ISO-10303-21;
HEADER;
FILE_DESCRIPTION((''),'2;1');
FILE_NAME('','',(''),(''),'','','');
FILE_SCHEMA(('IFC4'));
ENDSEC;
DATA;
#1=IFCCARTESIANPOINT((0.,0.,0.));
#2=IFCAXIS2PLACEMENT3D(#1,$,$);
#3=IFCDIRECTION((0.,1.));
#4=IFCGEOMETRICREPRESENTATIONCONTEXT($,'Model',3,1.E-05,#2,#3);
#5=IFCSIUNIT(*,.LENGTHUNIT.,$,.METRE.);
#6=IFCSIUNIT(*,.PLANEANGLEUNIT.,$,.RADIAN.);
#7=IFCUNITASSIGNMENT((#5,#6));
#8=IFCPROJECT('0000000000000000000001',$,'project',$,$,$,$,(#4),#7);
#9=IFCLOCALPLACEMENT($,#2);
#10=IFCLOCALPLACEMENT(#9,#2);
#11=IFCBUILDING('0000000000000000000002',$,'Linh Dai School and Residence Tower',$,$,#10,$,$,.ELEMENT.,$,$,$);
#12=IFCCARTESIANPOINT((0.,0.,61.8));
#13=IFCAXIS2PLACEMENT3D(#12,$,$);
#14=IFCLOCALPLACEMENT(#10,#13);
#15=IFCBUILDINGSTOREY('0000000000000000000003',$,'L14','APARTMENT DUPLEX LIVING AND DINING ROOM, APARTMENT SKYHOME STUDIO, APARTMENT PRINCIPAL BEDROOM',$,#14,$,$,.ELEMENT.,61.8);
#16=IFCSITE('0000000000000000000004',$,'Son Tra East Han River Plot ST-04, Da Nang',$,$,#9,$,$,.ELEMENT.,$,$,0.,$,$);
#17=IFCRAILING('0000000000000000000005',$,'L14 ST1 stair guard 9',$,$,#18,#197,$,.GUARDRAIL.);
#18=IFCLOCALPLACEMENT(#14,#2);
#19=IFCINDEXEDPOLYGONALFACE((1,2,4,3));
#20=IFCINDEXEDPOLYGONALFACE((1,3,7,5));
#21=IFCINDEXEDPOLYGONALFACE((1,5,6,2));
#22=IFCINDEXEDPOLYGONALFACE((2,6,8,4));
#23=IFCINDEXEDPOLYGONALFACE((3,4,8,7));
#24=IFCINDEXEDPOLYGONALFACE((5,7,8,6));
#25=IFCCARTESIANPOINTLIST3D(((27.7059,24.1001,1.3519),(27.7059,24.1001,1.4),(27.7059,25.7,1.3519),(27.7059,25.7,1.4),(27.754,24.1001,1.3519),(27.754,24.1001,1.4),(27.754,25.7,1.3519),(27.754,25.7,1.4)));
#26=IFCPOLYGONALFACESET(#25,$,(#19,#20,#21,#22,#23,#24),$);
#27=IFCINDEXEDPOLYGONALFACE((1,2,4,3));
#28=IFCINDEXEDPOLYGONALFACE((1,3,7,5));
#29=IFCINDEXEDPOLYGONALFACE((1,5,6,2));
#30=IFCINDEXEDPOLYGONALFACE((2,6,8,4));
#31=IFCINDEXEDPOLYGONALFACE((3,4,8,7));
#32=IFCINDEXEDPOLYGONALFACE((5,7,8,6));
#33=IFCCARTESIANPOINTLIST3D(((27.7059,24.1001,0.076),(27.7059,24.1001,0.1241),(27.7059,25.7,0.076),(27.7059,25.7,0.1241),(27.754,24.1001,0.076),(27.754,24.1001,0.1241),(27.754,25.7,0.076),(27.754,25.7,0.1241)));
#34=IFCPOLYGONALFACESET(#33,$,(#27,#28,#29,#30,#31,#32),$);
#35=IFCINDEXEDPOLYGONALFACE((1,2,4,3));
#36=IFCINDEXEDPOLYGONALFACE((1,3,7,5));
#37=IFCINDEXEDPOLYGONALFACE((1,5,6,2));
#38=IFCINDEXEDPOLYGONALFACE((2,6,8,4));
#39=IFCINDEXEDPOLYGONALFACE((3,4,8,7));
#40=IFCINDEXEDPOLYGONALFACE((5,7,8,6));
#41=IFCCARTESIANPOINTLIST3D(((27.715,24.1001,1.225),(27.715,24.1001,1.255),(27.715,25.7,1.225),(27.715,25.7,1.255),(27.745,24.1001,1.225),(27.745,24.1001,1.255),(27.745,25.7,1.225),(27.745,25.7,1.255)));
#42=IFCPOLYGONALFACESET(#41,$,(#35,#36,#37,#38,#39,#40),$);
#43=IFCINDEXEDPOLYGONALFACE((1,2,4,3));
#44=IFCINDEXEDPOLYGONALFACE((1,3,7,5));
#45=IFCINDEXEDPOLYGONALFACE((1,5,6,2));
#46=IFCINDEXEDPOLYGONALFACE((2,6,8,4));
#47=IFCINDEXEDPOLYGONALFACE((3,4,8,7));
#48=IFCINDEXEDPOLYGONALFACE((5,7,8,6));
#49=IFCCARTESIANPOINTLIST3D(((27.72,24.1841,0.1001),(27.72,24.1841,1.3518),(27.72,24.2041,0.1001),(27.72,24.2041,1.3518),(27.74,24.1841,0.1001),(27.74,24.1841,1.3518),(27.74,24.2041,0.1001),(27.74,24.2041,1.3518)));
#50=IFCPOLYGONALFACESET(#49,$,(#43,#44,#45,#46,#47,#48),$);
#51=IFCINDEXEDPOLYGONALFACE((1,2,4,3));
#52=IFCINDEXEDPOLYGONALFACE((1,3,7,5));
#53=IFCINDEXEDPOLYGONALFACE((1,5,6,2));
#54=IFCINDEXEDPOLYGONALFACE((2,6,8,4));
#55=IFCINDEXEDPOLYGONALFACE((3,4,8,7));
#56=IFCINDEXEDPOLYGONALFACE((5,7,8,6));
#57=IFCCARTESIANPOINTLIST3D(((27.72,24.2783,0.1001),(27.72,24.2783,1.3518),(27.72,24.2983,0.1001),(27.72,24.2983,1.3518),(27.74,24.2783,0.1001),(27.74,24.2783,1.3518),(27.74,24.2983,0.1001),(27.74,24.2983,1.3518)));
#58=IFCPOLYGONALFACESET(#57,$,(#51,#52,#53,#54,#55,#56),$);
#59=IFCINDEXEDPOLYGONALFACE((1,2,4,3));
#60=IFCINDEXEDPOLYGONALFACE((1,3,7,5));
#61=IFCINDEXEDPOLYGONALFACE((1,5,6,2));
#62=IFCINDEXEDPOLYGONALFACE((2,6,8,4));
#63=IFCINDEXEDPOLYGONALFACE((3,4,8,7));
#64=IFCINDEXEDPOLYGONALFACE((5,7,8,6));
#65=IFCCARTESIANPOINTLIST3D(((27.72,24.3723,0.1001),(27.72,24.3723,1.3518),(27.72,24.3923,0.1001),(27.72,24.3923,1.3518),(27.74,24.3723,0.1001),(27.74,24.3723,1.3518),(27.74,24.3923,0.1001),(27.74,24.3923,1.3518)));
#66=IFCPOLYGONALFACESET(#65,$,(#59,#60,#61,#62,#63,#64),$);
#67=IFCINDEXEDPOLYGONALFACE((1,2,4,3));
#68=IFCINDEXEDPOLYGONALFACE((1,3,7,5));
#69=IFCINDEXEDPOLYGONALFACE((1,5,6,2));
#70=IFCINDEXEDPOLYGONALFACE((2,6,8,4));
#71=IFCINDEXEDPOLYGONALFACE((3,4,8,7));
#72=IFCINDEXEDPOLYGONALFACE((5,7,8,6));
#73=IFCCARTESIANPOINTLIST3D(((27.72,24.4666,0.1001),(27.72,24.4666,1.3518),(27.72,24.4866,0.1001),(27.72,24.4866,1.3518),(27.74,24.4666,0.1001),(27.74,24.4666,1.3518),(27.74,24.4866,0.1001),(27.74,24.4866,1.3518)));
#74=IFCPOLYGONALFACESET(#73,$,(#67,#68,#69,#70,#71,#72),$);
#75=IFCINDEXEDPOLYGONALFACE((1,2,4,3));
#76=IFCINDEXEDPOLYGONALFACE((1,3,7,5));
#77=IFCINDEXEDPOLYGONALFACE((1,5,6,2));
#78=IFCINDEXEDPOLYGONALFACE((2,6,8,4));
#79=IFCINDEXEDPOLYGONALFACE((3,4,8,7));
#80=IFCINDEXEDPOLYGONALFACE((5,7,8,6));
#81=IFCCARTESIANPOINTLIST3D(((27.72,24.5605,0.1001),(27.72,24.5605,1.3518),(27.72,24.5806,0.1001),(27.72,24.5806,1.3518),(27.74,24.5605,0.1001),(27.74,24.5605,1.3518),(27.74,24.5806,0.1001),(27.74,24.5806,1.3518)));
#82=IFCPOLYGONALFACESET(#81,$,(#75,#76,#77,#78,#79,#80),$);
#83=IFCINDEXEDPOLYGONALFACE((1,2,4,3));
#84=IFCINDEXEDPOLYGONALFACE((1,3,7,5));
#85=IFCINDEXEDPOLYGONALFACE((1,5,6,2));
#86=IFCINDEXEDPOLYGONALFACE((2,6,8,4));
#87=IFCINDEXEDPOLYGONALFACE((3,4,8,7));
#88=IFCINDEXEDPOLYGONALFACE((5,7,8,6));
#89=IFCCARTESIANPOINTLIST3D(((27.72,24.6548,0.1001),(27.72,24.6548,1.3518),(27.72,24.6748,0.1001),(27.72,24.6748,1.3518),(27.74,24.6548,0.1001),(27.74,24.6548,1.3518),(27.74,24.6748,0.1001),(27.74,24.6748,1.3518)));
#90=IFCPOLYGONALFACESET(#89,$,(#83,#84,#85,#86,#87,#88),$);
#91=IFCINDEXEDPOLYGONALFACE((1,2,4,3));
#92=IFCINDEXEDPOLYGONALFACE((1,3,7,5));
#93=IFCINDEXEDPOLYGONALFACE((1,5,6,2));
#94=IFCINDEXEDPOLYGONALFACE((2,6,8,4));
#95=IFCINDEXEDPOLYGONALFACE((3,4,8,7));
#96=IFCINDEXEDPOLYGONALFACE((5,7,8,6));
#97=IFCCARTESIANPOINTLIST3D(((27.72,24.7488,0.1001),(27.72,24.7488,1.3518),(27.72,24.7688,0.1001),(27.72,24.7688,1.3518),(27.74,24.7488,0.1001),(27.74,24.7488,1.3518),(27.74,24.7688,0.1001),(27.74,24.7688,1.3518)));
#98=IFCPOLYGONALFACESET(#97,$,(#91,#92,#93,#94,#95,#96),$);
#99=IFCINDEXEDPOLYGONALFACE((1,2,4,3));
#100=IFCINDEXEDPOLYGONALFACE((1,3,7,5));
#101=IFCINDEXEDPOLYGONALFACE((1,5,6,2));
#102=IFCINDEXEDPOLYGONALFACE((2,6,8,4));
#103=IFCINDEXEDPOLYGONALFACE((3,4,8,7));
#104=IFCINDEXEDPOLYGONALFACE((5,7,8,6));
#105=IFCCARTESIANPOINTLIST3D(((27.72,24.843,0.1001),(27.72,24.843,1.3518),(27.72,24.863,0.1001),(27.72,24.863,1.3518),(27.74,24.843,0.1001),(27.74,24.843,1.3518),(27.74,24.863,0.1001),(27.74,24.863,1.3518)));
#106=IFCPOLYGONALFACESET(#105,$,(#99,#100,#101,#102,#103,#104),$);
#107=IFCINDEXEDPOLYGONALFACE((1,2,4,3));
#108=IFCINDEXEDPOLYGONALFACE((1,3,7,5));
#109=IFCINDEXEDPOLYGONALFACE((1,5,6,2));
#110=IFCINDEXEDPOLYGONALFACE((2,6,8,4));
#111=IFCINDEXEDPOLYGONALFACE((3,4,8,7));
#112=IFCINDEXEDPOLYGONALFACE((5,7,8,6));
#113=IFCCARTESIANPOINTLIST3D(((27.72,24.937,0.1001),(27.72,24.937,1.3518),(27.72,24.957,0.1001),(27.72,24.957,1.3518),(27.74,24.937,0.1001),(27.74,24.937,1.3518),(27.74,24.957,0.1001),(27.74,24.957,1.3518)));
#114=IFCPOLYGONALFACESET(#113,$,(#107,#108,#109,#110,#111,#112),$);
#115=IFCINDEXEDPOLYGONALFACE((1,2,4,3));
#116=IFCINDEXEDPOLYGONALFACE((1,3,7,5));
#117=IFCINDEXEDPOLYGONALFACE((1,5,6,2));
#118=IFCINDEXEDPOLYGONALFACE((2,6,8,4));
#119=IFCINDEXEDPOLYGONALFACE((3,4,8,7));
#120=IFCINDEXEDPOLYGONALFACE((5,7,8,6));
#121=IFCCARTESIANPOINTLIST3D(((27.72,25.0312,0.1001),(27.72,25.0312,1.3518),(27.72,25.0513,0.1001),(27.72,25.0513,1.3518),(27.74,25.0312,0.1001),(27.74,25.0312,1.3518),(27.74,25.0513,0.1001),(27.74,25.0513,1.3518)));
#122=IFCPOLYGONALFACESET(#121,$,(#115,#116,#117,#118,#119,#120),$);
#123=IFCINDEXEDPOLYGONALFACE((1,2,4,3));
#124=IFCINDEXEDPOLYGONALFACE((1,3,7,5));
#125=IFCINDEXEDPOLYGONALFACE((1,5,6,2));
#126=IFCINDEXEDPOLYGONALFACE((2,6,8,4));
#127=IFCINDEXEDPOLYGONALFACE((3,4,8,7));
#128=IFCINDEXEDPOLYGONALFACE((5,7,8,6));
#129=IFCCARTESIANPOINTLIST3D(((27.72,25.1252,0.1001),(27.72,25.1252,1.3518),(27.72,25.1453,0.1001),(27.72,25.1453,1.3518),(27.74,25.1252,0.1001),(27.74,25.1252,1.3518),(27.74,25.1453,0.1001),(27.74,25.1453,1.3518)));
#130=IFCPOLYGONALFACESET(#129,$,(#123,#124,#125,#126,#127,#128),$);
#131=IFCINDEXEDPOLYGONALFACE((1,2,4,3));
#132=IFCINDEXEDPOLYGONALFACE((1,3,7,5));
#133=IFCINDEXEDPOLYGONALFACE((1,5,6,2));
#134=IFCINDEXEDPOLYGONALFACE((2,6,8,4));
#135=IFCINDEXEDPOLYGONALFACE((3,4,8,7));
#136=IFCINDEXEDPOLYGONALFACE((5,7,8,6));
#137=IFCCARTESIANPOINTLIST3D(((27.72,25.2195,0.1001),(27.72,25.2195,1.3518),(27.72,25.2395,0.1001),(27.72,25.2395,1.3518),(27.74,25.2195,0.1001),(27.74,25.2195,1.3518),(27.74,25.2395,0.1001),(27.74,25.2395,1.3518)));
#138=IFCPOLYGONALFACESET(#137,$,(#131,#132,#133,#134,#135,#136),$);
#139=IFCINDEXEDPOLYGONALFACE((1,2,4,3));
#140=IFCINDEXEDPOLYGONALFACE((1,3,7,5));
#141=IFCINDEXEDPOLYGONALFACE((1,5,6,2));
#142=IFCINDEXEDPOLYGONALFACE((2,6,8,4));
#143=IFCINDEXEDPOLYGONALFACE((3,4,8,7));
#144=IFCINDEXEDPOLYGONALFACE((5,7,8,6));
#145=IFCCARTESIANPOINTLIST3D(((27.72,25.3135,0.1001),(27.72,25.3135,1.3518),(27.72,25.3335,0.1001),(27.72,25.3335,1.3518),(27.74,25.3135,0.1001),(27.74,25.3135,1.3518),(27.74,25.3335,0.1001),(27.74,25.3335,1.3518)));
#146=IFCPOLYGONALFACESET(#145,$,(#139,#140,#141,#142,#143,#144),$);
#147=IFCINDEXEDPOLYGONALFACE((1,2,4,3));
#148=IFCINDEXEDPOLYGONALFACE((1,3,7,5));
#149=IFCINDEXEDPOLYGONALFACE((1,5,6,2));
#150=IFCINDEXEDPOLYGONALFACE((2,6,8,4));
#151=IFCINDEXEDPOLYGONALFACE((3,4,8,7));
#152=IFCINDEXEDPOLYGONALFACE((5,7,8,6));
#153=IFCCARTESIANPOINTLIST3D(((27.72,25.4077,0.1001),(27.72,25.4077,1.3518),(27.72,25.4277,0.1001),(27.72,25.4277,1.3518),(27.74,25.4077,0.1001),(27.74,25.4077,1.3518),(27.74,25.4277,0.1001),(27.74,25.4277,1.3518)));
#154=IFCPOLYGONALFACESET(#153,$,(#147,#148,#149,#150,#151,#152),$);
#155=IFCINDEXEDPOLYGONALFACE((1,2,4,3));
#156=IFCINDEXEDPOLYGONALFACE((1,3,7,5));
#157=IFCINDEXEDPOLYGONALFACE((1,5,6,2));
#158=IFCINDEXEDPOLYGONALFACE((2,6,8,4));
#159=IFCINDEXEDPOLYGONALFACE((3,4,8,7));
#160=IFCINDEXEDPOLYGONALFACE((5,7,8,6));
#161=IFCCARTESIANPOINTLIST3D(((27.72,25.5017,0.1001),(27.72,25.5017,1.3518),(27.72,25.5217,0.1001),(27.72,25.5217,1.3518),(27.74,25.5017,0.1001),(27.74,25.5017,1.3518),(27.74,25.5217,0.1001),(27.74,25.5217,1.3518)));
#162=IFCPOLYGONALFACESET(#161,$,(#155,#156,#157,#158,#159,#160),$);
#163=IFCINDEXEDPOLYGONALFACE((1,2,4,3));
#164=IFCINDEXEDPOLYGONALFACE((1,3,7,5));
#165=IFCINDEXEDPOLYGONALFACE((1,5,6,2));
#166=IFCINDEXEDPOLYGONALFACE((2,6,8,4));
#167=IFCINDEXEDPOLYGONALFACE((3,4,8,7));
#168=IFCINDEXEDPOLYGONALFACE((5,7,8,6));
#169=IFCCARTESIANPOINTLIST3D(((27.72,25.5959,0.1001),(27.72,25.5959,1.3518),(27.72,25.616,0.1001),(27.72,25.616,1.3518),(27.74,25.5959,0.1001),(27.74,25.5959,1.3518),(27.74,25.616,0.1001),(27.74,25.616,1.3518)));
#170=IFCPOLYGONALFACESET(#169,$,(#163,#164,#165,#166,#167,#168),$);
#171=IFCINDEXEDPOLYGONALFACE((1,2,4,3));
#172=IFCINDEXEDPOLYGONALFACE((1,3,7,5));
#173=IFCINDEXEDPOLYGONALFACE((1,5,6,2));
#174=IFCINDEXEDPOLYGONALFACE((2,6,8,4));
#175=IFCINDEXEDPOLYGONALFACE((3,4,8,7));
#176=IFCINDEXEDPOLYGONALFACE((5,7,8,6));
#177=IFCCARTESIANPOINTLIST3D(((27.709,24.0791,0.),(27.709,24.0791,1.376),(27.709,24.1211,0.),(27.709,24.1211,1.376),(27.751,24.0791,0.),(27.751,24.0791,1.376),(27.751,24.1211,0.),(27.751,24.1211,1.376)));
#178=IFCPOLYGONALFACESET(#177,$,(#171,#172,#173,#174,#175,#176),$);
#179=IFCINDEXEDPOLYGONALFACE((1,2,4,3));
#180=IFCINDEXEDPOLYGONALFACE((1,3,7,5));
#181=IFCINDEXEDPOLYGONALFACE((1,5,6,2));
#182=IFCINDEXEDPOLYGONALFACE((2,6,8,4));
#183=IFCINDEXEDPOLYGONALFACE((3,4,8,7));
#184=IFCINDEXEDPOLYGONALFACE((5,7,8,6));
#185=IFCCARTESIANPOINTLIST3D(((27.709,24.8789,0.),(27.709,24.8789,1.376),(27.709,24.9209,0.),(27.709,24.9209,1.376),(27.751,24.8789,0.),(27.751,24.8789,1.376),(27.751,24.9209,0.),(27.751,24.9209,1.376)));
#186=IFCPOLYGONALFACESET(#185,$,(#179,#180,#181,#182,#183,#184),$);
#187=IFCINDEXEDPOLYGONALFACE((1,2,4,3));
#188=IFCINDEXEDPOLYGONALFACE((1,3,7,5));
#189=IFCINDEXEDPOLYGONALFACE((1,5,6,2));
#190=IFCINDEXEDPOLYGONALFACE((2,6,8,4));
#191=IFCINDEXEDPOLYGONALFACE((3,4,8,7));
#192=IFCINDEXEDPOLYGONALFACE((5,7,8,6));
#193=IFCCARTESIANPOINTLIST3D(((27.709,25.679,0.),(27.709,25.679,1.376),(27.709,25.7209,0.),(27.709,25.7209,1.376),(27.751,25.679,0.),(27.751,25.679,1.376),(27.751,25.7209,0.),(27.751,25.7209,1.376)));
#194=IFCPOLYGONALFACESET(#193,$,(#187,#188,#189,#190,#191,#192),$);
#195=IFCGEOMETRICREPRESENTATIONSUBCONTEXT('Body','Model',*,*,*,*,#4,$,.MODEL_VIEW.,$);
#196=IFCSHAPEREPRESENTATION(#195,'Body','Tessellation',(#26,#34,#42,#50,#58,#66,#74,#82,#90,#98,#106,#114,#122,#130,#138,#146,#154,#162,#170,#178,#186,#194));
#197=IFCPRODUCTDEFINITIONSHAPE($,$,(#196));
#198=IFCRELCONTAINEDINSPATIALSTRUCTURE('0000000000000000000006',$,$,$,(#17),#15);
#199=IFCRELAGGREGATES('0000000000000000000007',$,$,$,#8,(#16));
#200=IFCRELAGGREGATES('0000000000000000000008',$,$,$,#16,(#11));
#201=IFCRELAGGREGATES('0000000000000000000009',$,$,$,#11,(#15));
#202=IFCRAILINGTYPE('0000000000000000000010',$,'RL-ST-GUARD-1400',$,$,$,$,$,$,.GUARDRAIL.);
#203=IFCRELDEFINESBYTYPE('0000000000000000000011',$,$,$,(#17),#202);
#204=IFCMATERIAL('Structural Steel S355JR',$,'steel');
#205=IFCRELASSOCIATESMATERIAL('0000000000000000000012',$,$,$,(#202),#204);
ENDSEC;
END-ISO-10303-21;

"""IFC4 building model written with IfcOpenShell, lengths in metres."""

from ifc_helpers import new_model, si_unit, direction, frame, origin, origin_2d, place, context, subcontext, project, spatial, rectangle, extrude, source, transform, mapped, material, type_object, element, save


model = new_model("IFC4")

# Units and contexts
model_context = context("Model", 3, precision=1e-05, world=origin(), true_north=direction((0.0, 1.0)))
body_context = subcontext(model_context, "Body", "Model", "MODEL_VIEW")
ifc_project = project(units=[si_unit("LENGTHUNIT", "METRE"), si_unit("PLANEANGLEUNIT", "RADIAN")], contexts=[model_context])

# Site, building, storey
site_placement = place(None, origin())
site = spatial("IfcSite", under=ifc_project, at=site_placement, Name="Son Tra East Han River Plot ST-04, Da Nang", CompositionType="ELEMENT", RefElevation=0.0)
building_placement = place(site_placement, origin())
building = spatial("IfcBuilding", under=site, at=building_placement, Name="Linh Dai School and Residence Tower", CompositionType="ELEMENT")
storey_placement = place(building_placement, frame((0.0, 0.0, 61.8)))
storey = spatial("IfcBuildingStorey", under=building, at=storey_placement, Name="L14", Description="APARTMENT DUPLEX LIVING AND DINING ROOM, APARTMENT SKYHOME STUDIO, APARTMENT PRINCIPAL BEDROOM", CompositionType="ELEMENT", Elevation=61.8)

# Shared definitions
ifc_material_1 = material(Name="Structural Steel S355JR", Category="steel")

# Railing
railing_type_1 = type_object("IfcRailingType", Name="RL-ST-GUARD-1400", PredefinedType="GUARDRAIL", material=ifc_material_1)
shared_shape_1 = source(origin(), body_context, "Body", "SweptSolid", [
    extrude(rectangle(XDim=0.0481, YDim=0.0481, at=origin_2d()), frame((0.0, 0.0, 1.376), z_axis=(0.0, 1.0, 0.0), x_axis=(-1.0, 0.0, 0.0)), (0.0, 0.0, 1.0), 1.5999),
    extrude(rectangle(XDim=0.0481, YDim=0.0481, at=origin_2d()), frame((0.0, 0.0, 0.1001), z_axis=(0.0, 1.0, 0.0), x_axis=(-1.0, 0.0, 0.0)), (0.0, 0.0, 1.0), 1.5999),
    extrude(rectangle(XDim=0.03, YDim=0.03, at=origin_2d()), frame((0.0, 0.0, 1.24), z_axis=(0.0, 1.0, 0.0), x_axis=(-1.0, 0.0, 0.0)), (0.0, 0.0, 1.0), 1.5999),
    extrude(rectangle(XDim=0.02, YDim=0.02, at=origin_2d()), frame((0.0, 0.094, 0.1001)), (0.0, 0.0, 1.0), 1.2517),
    extrude(rectangle(XDim=0.02, YDim=0.02, at=origin_2d()), frame((0.0, 0.1882, 0.1001)), (0.0, 0.0, 1.0), 1.2517),
    extrude(rectangle(XDim=0.02, YDim=0.02, at=origin_2d()), frame((0.0, 0.2822, 0.1001)), (0.0, 0.0, 1.0), 1.2517),
    extrude(rectangle(XDim=0.02, YDim=0.02, at=origin_2d()), frame((0.0, 0.3765, 0.1001)), (0.0, 0.0, 1.0), 1.2517),
    extrude(rectangle(XDim=0.02, YDim=0.02, at=origin_2d()), frame((0.0, 0.4705, 0.1001)), (0.0, 0.0, 1.0), 1.2517),
    extrude(rectangle(XDim=0.02, YDim=0.02, at=origin_2d()), frame((0.0, 0.5647, 0.1001)), (0.0, 0.0, 1.0), 1.2517),
    extrude(rectangle(XDim=0.02, YDim=0.02, at=origin_2d()), frame((0.0, 0.6587, 0.1001)), (0.0, 0.0, 1.0), 1.2517),
    extrude(rectangle(XDim=0.02, YDim=0.02, at=origin_2d()), frame((0.0, 0.7529, 0.1001)), (0.0, 0.0, 1.0), 1.2517),
    extrude(rectangle(XDim=0.02, YDim=0.02, at=origin_2d()), frame((0.0, 0.8469, 0.1001)), (0.0, 0.0, 1.0), 1.2517),
    extrude(rectangle(XDim=0.02, YDim=0.02, at=origin_2d()), frame((0.0, 0.9412, 0.1001)), (0.0, 0.0, 1.0), 1.2517),
    extrude(rectangle(XDim=0.02, YDim=0.02, at=origin_2d()), frame((0.0, 1.0352, 0.1001)), (0.0, 0.0, 1.0), 1.2517),
    extrude(rectangle(XDim=0.02, YDim=0.02, at=origin_2d()), frame((0.0, 1.1294, 0.1001)), (0.0, 0.0, 1.0), 1.2517),
    extrude(rectangle(XDim=0.02, YDim=0.02, at=origin_2d()), frame((0.0, 1.2234, 0.1001)), (0.0, 0.0, 1.0), 1.2517),
    extrude(rectangle(XDim=0.02, YDim=0.02, at=origin_2d()), frame((0.0, 1.3176, 0.1001)), (0.0, 0.0, 1.0), 1.2517),
    extrude(rectangle(XDim=0.02, YDim=0.02, at=origin_2d()), frame((0.0, 1.4116, 0.1001)), (0.0, 0.0, 1.0), 1.2517),
    extrude(rectangle(XDim=0.02, YDim=0.02, at=origin_2d()), frame((0.0, 1.5059, 0.1001)), (0.0, 0.0, 1.0), 1.2517),
    extrude(rectangle(XDim=0.042, YDim=0.042, at=origin_2d()), origin(), (0.0, 0.0, 1.0), 1.376),
    extrude(rectangle(XDim=0.042, YDim=0.042, at=origin_2d()), frame((0.0, 0.7998, 0.0)), (0.0, 0.0, 1.0), 1.376),
    extrude(rectangle(XDim=0.042, YDim=0.042, at=origin_2d()), frame((0.0, 1.5999, 0.0)), (0.0, 0.0, 1.0), 1.376),
])
for number, where, name in (
    (1, (27.73, 24.1001, 0.0), "L14 ST1 stair guard 9"),
):
    element("IfcRailing", number, at=place(storey_placement, frame(where)), inside=storey, type_object=railing_type_1, Name=name, PredefinedType="GUARDRAIL", context=body_context, shape_type="MappedRepresentation", body=[
        mapped(shared_shape_1, transform((0.0, 0.0, 0.0), x_axis=(1.0, 0.0, 0.0), y_axis=(0.0, 1.0, 0.0), z_axis=(0.0, 0.0, 1.0), scale=1.0)),
    ])

save(model, "model.ifc")
